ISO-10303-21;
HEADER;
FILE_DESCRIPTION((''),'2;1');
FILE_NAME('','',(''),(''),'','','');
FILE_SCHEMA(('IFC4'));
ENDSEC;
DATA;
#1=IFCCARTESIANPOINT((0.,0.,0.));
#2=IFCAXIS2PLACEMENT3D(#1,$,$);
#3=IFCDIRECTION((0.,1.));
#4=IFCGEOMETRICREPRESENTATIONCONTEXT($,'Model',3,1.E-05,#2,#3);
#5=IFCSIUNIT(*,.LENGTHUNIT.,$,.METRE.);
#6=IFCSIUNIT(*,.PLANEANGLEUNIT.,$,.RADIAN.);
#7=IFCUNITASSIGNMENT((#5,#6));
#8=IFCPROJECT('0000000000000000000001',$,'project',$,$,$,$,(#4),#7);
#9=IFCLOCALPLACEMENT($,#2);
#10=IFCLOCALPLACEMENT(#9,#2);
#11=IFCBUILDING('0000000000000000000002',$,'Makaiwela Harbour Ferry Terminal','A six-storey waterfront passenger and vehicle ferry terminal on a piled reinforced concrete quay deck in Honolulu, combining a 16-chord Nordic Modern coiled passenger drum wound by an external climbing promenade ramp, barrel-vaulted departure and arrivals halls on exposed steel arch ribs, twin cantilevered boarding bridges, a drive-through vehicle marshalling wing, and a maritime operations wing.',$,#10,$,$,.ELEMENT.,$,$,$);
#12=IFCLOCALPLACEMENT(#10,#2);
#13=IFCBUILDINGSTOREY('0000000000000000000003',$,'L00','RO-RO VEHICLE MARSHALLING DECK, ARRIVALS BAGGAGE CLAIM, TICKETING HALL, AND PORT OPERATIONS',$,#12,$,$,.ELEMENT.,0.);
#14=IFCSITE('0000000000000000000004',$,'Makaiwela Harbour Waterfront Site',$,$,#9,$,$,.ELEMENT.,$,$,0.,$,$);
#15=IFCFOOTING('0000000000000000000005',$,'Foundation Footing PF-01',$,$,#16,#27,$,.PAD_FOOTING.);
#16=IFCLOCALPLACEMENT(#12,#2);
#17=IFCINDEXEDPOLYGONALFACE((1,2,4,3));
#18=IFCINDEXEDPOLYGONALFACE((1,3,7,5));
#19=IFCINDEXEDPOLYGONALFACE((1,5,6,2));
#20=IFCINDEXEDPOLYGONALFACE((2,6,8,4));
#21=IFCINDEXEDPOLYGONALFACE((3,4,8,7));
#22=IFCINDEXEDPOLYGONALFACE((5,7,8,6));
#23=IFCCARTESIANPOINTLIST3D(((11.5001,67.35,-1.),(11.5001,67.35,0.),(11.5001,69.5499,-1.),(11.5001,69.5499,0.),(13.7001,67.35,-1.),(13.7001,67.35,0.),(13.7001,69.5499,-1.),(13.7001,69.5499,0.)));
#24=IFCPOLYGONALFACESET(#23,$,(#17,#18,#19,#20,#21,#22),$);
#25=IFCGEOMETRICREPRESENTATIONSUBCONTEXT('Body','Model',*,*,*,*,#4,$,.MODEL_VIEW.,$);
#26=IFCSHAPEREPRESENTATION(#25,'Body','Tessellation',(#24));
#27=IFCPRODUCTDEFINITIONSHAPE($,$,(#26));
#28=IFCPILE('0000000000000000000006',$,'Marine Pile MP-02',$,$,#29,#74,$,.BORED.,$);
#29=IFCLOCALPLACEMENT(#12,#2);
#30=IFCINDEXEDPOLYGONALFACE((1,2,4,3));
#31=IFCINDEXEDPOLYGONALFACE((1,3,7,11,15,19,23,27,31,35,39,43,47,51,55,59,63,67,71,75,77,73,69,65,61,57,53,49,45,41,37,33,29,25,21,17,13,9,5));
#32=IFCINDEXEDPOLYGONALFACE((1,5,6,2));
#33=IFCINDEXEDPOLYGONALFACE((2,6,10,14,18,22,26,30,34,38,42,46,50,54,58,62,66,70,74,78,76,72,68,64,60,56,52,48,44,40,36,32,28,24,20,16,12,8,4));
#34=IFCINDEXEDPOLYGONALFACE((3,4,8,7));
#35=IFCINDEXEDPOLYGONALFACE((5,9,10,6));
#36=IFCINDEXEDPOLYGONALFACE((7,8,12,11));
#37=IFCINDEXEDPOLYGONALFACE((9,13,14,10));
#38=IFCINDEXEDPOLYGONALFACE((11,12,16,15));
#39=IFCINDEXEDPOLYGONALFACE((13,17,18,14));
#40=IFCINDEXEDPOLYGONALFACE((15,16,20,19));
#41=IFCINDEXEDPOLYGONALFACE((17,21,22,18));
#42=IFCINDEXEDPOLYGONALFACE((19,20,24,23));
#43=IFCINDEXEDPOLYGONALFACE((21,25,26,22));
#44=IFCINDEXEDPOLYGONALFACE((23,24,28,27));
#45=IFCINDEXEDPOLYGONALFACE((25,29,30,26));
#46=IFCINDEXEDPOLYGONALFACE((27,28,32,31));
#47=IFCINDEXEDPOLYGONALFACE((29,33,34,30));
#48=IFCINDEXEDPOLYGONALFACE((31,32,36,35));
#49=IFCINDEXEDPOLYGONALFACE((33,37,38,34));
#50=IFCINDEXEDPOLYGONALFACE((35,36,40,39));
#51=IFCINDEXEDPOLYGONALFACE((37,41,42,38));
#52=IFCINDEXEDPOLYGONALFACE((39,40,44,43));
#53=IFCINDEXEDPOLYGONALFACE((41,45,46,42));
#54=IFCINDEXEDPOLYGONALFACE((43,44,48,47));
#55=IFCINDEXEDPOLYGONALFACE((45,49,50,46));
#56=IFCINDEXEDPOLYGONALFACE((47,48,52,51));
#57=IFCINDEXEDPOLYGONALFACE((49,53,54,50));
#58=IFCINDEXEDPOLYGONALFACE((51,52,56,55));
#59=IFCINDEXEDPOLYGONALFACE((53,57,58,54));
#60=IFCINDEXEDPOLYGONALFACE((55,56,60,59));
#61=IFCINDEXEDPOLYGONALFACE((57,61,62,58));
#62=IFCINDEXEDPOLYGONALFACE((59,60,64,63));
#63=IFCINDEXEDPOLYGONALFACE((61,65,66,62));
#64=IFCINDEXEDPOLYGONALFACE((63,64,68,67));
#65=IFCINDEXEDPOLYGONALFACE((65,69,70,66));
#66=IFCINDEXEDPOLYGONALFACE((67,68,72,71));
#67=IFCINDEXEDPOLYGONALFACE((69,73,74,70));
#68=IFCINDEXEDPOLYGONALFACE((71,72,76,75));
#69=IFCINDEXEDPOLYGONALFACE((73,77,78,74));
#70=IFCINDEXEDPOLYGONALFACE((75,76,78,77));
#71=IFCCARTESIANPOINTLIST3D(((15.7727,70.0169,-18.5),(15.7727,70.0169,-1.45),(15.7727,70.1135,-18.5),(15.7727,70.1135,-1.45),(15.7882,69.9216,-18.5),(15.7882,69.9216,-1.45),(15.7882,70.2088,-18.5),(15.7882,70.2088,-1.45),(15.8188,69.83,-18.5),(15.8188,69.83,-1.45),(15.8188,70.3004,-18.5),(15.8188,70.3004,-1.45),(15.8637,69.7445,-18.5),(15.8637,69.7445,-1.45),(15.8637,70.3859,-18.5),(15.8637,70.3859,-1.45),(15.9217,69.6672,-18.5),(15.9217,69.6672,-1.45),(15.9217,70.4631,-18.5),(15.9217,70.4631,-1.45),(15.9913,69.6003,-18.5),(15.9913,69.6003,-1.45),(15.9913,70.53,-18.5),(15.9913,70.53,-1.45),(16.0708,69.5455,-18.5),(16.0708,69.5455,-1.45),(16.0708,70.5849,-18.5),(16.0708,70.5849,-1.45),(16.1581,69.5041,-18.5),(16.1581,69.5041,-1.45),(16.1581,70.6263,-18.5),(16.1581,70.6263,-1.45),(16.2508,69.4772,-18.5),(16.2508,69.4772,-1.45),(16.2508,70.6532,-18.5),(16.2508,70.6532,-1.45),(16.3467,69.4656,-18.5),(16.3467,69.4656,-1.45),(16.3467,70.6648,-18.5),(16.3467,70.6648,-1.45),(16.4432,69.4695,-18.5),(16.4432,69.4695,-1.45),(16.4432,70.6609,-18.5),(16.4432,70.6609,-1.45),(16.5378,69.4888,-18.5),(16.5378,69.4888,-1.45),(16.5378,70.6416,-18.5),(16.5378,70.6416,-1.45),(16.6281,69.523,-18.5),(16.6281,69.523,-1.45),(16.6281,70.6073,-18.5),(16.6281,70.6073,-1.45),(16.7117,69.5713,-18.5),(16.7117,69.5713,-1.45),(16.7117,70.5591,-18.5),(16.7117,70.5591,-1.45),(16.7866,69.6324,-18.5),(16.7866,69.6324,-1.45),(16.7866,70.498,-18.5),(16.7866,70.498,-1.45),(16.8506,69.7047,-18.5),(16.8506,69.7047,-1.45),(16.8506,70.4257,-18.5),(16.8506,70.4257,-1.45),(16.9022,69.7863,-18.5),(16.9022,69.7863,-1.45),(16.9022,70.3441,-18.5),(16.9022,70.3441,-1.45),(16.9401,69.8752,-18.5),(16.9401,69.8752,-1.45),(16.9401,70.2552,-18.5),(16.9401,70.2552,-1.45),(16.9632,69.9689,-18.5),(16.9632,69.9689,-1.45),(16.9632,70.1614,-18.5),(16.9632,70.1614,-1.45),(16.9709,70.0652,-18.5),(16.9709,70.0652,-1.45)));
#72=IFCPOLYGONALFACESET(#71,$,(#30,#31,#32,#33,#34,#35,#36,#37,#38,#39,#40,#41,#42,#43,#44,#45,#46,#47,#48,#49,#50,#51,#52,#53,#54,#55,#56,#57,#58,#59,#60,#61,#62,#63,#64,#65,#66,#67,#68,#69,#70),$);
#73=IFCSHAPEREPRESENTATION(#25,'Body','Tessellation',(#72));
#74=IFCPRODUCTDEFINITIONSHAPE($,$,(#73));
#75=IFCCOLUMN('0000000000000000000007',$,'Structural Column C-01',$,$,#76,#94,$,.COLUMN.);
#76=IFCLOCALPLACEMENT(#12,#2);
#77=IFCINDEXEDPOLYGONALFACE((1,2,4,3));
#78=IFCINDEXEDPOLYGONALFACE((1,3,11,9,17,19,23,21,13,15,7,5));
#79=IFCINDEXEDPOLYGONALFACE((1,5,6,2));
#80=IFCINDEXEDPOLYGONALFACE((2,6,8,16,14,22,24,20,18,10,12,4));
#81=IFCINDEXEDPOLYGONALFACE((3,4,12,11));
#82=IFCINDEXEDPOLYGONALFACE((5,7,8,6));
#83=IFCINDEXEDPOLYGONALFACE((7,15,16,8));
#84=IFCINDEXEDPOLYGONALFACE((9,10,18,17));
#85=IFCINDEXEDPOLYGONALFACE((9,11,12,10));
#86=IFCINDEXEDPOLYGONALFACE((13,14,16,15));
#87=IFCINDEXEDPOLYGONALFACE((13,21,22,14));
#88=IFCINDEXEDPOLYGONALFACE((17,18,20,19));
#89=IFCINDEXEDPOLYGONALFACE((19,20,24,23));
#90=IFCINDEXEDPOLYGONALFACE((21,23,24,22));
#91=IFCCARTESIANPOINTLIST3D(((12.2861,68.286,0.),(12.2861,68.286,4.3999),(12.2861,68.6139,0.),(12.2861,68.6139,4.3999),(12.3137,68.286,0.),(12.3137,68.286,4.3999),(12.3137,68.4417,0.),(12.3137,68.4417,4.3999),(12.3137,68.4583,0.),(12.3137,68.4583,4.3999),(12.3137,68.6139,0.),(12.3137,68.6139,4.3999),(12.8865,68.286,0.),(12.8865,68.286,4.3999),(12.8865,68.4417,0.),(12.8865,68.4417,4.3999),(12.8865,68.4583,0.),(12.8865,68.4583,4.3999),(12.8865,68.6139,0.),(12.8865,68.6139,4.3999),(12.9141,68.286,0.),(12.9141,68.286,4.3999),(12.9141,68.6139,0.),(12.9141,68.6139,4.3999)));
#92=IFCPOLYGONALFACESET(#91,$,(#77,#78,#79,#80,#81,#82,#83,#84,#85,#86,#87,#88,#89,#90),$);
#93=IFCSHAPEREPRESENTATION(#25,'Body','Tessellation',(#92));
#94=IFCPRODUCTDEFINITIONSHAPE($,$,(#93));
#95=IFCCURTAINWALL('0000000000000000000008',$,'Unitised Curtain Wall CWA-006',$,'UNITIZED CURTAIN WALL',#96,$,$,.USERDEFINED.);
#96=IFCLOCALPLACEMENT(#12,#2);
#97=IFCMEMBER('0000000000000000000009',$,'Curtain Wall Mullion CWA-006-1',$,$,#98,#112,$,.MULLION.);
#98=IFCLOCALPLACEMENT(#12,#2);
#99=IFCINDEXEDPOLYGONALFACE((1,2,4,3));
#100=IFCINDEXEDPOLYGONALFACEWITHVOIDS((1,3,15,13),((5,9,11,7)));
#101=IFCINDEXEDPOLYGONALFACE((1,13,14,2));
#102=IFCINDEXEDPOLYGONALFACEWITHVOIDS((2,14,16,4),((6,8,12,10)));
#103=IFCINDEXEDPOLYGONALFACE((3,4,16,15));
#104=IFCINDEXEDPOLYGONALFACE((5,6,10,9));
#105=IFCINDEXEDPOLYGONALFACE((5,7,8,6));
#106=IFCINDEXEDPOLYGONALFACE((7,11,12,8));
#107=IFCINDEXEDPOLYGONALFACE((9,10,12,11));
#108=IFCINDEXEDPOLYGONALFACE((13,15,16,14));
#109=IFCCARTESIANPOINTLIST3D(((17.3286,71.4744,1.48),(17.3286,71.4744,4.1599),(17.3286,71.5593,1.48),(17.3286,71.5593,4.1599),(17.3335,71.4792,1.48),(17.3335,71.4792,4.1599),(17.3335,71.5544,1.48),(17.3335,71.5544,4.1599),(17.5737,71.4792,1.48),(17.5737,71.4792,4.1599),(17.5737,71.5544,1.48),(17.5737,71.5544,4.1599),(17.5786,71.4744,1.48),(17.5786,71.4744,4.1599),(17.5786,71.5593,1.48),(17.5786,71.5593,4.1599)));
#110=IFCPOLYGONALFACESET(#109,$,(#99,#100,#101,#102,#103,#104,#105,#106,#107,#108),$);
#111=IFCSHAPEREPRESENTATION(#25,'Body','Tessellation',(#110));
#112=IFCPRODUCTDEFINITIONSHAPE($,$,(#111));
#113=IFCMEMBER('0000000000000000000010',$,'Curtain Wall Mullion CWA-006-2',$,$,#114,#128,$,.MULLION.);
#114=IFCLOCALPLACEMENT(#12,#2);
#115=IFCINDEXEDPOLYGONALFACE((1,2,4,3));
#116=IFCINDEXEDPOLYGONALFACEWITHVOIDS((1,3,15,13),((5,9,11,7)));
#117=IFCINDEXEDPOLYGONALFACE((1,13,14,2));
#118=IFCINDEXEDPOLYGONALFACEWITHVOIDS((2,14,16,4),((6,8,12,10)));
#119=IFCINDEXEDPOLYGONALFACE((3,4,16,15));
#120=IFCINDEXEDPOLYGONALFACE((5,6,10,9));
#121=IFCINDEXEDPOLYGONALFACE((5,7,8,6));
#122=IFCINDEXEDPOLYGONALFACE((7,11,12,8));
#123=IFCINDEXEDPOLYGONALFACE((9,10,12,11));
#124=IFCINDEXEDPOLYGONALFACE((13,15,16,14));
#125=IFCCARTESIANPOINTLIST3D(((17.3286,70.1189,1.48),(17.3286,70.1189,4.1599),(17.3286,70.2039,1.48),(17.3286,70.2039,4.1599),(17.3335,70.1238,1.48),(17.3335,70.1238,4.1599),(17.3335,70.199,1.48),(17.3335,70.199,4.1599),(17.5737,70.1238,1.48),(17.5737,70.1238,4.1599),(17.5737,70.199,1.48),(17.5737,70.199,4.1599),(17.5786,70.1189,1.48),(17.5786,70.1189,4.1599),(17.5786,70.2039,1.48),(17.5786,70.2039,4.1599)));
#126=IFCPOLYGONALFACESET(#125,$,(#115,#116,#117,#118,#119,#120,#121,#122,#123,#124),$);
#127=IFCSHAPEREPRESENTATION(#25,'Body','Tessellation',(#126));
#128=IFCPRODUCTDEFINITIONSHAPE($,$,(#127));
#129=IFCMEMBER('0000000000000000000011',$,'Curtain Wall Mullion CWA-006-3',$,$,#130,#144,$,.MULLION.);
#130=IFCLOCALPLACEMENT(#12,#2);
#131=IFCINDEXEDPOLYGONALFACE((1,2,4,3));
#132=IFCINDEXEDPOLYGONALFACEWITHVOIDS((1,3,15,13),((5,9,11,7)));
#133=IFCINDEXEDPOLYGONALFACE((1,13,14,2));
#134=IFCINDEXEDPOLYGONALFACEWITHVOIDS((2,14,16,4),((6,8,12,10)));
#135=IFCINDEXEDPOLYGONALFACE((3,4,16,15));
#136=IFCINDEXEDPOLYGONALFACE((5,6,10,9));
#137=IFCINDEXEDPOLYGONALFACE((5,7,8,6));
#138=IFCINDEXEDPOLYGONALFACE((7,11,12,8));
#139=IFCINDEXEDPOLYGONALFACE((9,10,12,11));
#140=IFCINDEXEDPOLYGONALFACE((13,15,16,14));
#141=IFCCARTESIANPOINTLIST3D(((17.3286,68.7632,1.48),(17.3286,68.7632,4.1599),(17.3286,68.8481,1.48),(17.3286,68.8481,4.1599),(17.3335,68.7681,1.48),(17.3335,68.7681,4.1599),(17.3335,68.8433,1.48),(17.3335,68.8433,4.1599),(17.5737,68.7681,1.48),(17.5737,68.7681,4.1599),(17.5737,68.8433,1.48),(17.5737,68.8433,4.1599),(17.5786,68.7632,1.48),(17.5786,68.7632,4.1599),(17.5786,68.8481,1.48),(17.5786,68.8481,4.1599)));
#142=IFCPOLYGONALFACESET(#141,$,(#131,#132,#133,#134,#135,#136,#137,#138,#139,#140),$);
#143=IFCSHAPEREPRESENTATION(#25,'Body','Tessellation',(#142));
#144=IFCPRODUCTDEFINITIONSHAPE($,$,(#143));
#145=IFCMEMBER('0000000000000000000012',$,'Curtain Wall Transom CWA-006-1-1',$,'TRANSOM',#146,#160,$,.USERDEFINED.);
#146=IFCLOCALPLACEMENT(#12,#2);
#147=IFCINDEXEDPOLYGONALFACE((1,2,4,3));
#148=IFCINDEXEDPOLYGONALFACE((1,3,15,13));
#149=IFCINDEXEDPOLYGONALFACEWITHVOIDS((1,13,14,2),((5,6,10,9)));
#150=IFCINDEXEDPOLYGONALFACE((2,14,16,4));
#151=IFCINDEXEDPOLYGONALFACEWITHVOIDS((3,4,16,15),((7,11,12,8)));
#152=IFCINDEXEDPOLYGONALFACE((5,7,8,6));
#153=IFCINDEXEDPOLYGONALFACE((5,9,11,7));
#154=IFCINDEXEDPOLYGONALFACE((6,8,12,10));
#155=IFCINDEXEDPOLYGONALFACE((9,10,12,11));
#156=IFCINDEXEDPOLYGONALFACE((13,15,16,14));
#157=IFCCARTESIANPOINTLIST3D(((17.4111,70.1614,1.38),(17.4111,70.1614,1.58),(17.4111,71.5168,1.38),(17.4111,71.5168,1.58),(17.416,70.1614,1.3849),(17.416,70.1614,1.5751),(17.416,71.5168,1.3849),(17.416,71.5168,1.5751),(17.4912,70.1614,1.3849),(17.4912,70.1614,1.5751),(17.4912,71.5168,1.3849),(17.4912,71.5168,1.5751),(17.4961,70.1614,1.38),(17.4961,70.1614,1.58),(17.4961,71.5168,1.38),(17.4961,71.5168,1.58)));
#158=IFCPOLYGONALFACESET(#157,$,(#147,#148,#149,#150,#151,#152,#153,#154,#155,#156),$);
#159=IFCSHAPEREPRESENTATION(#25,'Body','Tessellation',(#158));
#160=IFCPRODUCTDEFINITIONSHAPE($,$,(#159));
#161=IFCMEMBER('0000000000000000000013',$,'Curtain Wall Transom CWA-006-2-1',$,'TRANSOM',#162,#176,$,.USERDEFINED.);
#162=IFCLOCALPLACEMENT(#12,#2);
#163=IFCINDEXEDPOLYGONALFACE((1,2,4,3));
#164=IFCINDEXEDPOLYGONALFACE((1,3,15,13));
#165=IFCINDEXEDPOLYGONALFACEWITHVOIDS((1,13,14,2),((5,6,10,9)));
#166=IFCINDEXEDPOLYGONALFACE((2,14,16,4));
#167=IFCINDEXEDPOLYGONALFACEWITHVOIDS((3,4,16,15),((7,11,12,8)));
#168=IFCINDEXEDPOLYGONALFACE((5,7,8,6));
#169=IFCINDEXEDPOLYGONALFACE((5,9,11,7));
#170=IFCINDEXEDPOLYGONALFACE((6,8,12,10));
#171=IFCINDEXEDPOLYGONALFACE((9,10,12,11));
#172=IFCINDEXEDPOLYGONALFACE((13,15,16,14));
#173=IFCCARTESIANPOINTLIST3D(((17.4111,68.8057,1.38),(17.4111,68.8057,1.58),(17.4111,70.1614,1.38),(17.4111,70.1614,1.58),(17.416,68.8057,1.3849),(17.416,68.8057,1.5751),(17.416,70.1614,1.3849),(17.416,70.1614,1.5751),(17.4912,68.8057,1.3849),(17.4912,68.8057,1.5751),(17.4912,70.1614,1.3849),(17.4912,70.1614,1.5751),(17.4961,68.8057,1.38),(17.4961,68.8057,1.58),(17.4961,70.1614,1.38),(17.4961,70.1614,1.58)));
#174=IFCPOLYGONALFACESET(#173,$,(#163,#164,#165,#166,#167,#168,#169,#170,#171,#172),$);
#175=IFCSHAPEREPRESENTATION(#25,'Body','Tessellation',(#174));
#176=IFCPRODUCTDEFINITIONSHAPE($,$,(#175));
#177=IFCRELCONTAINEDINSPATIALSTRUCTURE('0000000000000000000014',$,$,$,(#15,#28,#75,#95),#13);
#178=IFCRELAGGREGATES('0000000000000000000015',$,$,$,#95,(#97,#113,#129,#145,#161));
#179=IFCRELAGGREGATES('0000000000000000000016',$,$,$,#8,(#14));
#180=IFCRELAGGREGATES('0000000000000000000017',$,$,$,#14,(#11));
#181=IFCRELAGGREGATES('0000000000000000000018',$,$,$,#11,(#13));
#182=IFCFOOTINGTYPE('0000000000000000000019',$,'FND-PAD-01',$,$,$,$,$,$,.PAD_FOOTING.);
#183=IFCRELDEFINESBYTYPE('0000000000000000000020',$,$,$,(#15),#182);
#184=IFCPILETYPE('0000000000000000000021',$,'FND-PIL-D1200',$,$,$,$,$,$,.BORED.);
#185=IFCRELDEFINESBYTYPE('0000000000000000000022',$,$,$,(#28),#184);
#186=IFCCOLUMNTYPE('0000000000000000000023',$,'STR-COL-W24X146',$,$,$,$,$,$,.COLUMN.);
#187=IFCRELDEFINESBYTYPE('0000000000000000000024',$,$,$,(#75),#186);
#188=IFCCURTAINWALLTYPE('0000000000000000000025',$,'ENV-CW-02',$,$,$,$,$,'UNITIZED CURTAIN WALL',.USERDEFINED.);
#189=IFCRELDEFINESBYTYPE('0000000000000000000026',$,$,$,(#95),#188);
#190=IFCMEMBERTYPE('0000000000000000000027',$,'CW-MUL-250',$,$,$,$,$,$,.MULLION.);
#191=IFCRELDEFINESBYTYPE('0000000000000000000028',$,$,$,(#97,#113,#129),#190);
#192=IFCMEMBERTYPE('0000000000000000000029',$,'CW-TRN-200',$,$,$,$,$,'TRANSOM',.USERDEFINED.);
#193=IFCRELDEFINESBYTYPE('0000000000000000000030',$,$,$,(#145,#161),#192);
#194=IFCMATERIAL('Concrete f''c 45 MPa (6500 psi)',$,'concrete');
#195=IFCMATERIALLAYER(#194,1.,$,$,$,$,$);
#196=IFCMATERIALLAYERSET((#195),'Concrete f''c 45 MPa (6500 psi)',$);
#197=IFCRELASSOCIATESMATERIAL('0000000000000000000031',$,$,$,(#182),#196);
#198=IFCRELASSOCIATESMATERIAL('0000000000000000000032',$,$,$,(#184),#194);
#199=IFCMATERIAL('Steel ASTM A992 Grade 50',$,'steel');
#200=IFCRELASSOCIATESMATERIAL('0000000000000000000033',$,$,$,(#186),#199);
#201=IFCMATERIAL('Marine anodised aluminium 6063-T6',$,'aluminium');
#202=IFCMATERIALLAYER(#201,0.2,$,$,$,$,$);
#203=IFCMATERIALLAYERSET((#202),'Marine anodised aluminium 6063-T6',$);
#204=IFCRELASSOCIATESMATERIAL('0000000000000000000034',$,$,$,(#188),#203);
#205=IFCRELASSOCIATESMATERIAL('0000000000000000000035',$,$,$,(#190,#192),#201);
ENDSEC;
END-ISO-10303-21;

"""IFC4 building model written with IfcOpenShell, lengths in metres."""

from ifc_helpers import new_model, si_unit, direction, frame, origin, origin_2d, place, context, subcontext, project, spatial, rectangle, hollow_rectangle, circle, i_section, extrude, material, layer, layer_set, material_profile, profile_set, type_object, element, aggregate, save


model = new_model("IFC4")

# Units and contexts
model_context = context("Model", 3, precision=1e-05, world=origin(), true_north=direction((0.0, 1.0)))
body_context = subcontext(model_context, "Body", "Model", "MODEL_VIEW")
ifc_project = project(units=[si_unit("LENGTHUNIT", "METRE"), si_unit("PLANEANGLEUNIT", "RADIAN")], contexts=[model_context])

# Site, building, storey
site_placement = place(None, origin())
site = spatial("IfcSite", under=ifc_project, at=site_placement, Name="Makaiwela Harbour Waterfront Site", CompositionType="ELEMENT", RefElevation=0.0)
building_placement = place(site_placement, origin())
building = spatial("IfcBuilding", under=site, at=building_placement, Name="Makaiwela Harbour Ferry Terminal", Description="A six-storey waterfront passenger and vehicle ferry terminal on a piled reinforced concrete quay deck in Honolulu, combining a 16-chord Nordic Modern coiled passenger drum wound by an external climbing promenade ramp, barrel-vaulted departure and arrivals halls on exposed steel arch ribs, twin cantilevered boarding bridges, a drive-through vehicle marshalling wing, and a maritime operations wing.", CompositionType="ELEMENT")
storey_placement = place(building_placement, origin())
storey = spatial("IfcBuildingStorey", under=building, at=storey_placement, Name="L00", Description="RO-RO VEHICLE MARSHALLING DECK, ARRIVALS BAGGAGE CLAIM, TICKETING HALL, AND PORT OPERATIONS", CompositionType="ELEMENT", Elevation=0.0)

# Footing
ifc_material_1 = material(Name="Concrete f'c 45 MPa (6500 psi)", Category="concrete")
ifc_layer_1 = layer(ifc_material_1, 1.0)
ifc_layer_set_1 = layer_set([ifc_layer_1], Name="Concrete f'c 45 MPa (6500 psi)")
footing_type = type_object("IfcFootingType", Name="FND-PAD-01", PredefinedType="PAD_FOOTING", material=ifc_layer_set_1)
footing_placement = place(storey_placement, frame((12.6001, 68.45, -1.0), z_axis=(0.0, 0.0, 1.0), x_axis=(1.0, 0.0, 0.0)))
element("IfcFooting", 1, at=footing_placement, inside=storey, type_object=footing_type, Name="Foundation Footing PF-01", PredefinedType="PAD_FOOTING", context=body_context, shape_type="SweptSolid", body=[
    extrude(rectangle(XDim=2.2, YDim=2.2, at=origin_2d()), origin(), (0.0, 0.0, 1.0), 1.0),
])

# Pile
ifc_material_profile_1 = material_profile(ifc_material_1, circle(Radius=0.6001, at=origin_2d()), Name="PILE-D1200")
ifc_profile_set_1 = profile_set([ifc_material_profile_1], Name="Concrete f'c 45 MPa (6500 psi)")
pile_type = type_object("IfcPileType", Name="FND-PIL-D1200", PredefinedType="BORED", material=ifc_profile_set_1)
pile_placement = place(storey_placement, frame((16.3708, 70.0652, -1.45), z_axis=(0.0, 0.0, -1.0), x_axis=(1.0, 0.0, 0.0)))
element("IfcPile", 2, at=pile_placement, inside=storey, type_object=pile_type, Name="Marine Pile MP-02", PredefinedType="BORED", context=body_context, shape_type="SweptSolid", body=[
    extrude(circle(Radius=0.6001, at=origin_2d()), origin(), (0.0, 0.0, 1.0), 17.05),
])

# Column
ifc_material_2 = material(Name="Steel ASTM A992 Grade 50", Category="steel")
ifc_material_profile_2 = material_profile(ifc_material_2, i_section(OverallWidth=0.3279, OverallDepth=0.6279, WebThickness=0.0166, FlangeThickness=0.0276, at=origin_2d()), Name="W24X146")
ifc_profile_set_2 = profile_set([ifc_material_profile_2], Name="Steel ASTM A992 Grade 50")
column_type = type_object("IfcColumnType", Name="STR-COL-W24X146", PredefinedType="COLUMN", material=ifc_profile_set_2)
column_placement = place(storey_placement, frame((12.6001, 68.45, 0.0), z_axis=(0.0, 0.0, 1.0), x_axis=(0.0, 1.0, 0.0)))
element("IfcColumn", 3, at=column_placement, inside=storey, type_object=column_type, Name="Structural Column C-01", PredefinedType="COLUMN", context=body_context, shape_type="SweptSolid", body=[
    extrude(i_section(OverallWidth=0.3279, OverallDepth=0.6279, WebThickness=0.0166, FlangeThickness=0.0276, at=origin_2d()), origin(), (0.0, 0.0, 1.0), 4.3999),
])

# Curtain wall, members
ifc_material_3 = material(Name="Marine anodised aluminium 6063-T6", Category="aluminium")
ifc_layer_2 = layer(ifc_material_3, 0.2)
ifc_layer_set_2 = layer_set([ifc_layer_2], Name="Marine anodised aluminium 6063-T6")
curtain_wall_type = type_object("IfcCurtainWallType", Name="ENV-CW-02", ElementType="UNITIZED CURTAIN WALL", PredefinedType="USERDEFINED", material=ifc_layer_set_2)
curtain_wall_placement = place(storey_placement, origin())
curtain_wall = element("IfcCurtainWall", 4, at=curtain_wall_placement, inside=storey, type_object=curtain_wall_type, Name="Unitised Curtain Wall CWA-006", ObjectType="UNITIZED CURTAIN WALL", PredefinedType="USERDEFINED")
ifc_material_profile_3 = material_profile(ifc_material_3, hollow_rectangle(XDim=0.085, YDim=0.25, WallThickness=0.0049, at=origin_2d()), Name="CWM-250X85")
ifc_profile_set_3 = profile_set([ifc_material_profile_3], Name="Marine anodised aluminium 6063-T6")
member_type_1 = type_object("IfcMemberType", Name="CW-MUL-250", PredefinedType="MULLION", material=ifc_profile_set_3)
member_1_placement = place(storey_placement, frame((17.4536, 71.5168, 1.48), z_axis=(0.0, 0.0, 1.0), x_axis=(0.0, 1.0, 0.0)))
member_1 = element("IfcMember", 5, at=member_1_placement, type_object=member_type_1, Name="Curtain Wall Mullion CWA-006-1", PredefinedType="MULLION", context=body_context, shape_type="SweptSolid", body=[
    extrude(hollow_rectangle(XDim=0.085, YDim=0.25, WallThickness=0.0049, at=origin_2d()), origin(), (0.0, 0.0, 1.0), 2.6799),
])
member_2_placement = place(storey_placement, frame((17.4536, 70.1614, 1.48), z_axis=(0.0, 0.0, 1.0), x_axis=(0.0, 1.0, 0.0)))
member_2 = element("IfcMember", 6, at=member_2_placement, type_object=member_type_1, Name="Curtain Wall Mullion CWA-006-2", PredefinedType="MULLION", context=body_context, shape_type="SweptSolid", body=[
    extrude(hollow_rectangle(XDim=0.085, YDim=0.25, WallThickness=0.0049, at=origin_2d()), origin(), (0.0, 0.0, 1.0), 2.6799),
])
member_3_placement = place(storey_placement, frame((17.4536, 68.8057, 1.48), z_axis=(0.0, 0.0, 1.0), x_axis=(0.0, 1.0, 0.0)))
member_3 = element("IfcMember", 7, at=member_3_placement, type_object=member_type_1, Name="Curtain Wall Mullion CWA-006-3", PredefinedType="MULLION", context=body_context, shape_type="SweptSolid", body=[
    extrude(hollow_rectangle(XDim=0.085, YDim=0.25, WallThickness=0.0049, at=origin_2d()), origin(), (0.0, 0.0, 1.0), 2.6799),
])
ifc_material_profile_4 = material_profile(ifc_material_3, hollow_rectangle(XDim=0.085, YDim=0.2, WallThickness=0.0049, at=origin_2d()), Name="CWT-200X85")
ifc_profile_set_4 = profile_set([ifc_material_profile_4], Name="Marine anodised aluminium 6063-T6")
member_type_2 = type_object("IfcMemberType", Name="CW-TRN-200", ElementType="TRANSOM", PredefinedType="USERDEFINED", material=ifc_profile_set_4)
member_4_placement = place(storey_placement, frame((17.4536, 71.5168, 1.48), z_axis=(0.0, -1.0, 0.0), x_axis=(1.0, 0.0, 0.0)))
member_4 = element("IfcMember", 8, at=member_4_placement, type_object=member_type_2, Name="Curtain Wall Transom CWA-006-1-1", ObjectType="TRANSOM", PredefinedType="USERDEFINED", context=body_context, shape_type="SweptSolid", body=[
    extrude(hollow_rectangle(XDim=0.085, YDim=0.2, WallThickness=0.0049, at=origin_2d()), origin(), (0.0, 0.0, 1.0), 1.3555),
])
member_5_placement = place(storey_placement, frame((17.4536, 70.1614, 1.48), z_axis=(0.0, -1.0, 0.0), x_axis=(1.0, 0.0, 0.0)))
member_5 = element("IfcMember", 9, at=member_5_placement, type_object=member_type_2, Name="Curtain Wall Transom CWA-006-2-1", ObjectType="TRANSOM", PredefinedType="USERDEFINED", context=body_context, shape_type="SweptSolid", body=[
    extrude(hollow_rectangle(XDim=0.085, YDim=0.2, WallThickness=0.0049, at=origin_2d()), origin(), (0.0, 0.0, 1.0), 1.3557),
])
aggregate(curtain_wall, [member_1, member_2, member_3, member_4, member_5])

save(model, "model.ifc")
